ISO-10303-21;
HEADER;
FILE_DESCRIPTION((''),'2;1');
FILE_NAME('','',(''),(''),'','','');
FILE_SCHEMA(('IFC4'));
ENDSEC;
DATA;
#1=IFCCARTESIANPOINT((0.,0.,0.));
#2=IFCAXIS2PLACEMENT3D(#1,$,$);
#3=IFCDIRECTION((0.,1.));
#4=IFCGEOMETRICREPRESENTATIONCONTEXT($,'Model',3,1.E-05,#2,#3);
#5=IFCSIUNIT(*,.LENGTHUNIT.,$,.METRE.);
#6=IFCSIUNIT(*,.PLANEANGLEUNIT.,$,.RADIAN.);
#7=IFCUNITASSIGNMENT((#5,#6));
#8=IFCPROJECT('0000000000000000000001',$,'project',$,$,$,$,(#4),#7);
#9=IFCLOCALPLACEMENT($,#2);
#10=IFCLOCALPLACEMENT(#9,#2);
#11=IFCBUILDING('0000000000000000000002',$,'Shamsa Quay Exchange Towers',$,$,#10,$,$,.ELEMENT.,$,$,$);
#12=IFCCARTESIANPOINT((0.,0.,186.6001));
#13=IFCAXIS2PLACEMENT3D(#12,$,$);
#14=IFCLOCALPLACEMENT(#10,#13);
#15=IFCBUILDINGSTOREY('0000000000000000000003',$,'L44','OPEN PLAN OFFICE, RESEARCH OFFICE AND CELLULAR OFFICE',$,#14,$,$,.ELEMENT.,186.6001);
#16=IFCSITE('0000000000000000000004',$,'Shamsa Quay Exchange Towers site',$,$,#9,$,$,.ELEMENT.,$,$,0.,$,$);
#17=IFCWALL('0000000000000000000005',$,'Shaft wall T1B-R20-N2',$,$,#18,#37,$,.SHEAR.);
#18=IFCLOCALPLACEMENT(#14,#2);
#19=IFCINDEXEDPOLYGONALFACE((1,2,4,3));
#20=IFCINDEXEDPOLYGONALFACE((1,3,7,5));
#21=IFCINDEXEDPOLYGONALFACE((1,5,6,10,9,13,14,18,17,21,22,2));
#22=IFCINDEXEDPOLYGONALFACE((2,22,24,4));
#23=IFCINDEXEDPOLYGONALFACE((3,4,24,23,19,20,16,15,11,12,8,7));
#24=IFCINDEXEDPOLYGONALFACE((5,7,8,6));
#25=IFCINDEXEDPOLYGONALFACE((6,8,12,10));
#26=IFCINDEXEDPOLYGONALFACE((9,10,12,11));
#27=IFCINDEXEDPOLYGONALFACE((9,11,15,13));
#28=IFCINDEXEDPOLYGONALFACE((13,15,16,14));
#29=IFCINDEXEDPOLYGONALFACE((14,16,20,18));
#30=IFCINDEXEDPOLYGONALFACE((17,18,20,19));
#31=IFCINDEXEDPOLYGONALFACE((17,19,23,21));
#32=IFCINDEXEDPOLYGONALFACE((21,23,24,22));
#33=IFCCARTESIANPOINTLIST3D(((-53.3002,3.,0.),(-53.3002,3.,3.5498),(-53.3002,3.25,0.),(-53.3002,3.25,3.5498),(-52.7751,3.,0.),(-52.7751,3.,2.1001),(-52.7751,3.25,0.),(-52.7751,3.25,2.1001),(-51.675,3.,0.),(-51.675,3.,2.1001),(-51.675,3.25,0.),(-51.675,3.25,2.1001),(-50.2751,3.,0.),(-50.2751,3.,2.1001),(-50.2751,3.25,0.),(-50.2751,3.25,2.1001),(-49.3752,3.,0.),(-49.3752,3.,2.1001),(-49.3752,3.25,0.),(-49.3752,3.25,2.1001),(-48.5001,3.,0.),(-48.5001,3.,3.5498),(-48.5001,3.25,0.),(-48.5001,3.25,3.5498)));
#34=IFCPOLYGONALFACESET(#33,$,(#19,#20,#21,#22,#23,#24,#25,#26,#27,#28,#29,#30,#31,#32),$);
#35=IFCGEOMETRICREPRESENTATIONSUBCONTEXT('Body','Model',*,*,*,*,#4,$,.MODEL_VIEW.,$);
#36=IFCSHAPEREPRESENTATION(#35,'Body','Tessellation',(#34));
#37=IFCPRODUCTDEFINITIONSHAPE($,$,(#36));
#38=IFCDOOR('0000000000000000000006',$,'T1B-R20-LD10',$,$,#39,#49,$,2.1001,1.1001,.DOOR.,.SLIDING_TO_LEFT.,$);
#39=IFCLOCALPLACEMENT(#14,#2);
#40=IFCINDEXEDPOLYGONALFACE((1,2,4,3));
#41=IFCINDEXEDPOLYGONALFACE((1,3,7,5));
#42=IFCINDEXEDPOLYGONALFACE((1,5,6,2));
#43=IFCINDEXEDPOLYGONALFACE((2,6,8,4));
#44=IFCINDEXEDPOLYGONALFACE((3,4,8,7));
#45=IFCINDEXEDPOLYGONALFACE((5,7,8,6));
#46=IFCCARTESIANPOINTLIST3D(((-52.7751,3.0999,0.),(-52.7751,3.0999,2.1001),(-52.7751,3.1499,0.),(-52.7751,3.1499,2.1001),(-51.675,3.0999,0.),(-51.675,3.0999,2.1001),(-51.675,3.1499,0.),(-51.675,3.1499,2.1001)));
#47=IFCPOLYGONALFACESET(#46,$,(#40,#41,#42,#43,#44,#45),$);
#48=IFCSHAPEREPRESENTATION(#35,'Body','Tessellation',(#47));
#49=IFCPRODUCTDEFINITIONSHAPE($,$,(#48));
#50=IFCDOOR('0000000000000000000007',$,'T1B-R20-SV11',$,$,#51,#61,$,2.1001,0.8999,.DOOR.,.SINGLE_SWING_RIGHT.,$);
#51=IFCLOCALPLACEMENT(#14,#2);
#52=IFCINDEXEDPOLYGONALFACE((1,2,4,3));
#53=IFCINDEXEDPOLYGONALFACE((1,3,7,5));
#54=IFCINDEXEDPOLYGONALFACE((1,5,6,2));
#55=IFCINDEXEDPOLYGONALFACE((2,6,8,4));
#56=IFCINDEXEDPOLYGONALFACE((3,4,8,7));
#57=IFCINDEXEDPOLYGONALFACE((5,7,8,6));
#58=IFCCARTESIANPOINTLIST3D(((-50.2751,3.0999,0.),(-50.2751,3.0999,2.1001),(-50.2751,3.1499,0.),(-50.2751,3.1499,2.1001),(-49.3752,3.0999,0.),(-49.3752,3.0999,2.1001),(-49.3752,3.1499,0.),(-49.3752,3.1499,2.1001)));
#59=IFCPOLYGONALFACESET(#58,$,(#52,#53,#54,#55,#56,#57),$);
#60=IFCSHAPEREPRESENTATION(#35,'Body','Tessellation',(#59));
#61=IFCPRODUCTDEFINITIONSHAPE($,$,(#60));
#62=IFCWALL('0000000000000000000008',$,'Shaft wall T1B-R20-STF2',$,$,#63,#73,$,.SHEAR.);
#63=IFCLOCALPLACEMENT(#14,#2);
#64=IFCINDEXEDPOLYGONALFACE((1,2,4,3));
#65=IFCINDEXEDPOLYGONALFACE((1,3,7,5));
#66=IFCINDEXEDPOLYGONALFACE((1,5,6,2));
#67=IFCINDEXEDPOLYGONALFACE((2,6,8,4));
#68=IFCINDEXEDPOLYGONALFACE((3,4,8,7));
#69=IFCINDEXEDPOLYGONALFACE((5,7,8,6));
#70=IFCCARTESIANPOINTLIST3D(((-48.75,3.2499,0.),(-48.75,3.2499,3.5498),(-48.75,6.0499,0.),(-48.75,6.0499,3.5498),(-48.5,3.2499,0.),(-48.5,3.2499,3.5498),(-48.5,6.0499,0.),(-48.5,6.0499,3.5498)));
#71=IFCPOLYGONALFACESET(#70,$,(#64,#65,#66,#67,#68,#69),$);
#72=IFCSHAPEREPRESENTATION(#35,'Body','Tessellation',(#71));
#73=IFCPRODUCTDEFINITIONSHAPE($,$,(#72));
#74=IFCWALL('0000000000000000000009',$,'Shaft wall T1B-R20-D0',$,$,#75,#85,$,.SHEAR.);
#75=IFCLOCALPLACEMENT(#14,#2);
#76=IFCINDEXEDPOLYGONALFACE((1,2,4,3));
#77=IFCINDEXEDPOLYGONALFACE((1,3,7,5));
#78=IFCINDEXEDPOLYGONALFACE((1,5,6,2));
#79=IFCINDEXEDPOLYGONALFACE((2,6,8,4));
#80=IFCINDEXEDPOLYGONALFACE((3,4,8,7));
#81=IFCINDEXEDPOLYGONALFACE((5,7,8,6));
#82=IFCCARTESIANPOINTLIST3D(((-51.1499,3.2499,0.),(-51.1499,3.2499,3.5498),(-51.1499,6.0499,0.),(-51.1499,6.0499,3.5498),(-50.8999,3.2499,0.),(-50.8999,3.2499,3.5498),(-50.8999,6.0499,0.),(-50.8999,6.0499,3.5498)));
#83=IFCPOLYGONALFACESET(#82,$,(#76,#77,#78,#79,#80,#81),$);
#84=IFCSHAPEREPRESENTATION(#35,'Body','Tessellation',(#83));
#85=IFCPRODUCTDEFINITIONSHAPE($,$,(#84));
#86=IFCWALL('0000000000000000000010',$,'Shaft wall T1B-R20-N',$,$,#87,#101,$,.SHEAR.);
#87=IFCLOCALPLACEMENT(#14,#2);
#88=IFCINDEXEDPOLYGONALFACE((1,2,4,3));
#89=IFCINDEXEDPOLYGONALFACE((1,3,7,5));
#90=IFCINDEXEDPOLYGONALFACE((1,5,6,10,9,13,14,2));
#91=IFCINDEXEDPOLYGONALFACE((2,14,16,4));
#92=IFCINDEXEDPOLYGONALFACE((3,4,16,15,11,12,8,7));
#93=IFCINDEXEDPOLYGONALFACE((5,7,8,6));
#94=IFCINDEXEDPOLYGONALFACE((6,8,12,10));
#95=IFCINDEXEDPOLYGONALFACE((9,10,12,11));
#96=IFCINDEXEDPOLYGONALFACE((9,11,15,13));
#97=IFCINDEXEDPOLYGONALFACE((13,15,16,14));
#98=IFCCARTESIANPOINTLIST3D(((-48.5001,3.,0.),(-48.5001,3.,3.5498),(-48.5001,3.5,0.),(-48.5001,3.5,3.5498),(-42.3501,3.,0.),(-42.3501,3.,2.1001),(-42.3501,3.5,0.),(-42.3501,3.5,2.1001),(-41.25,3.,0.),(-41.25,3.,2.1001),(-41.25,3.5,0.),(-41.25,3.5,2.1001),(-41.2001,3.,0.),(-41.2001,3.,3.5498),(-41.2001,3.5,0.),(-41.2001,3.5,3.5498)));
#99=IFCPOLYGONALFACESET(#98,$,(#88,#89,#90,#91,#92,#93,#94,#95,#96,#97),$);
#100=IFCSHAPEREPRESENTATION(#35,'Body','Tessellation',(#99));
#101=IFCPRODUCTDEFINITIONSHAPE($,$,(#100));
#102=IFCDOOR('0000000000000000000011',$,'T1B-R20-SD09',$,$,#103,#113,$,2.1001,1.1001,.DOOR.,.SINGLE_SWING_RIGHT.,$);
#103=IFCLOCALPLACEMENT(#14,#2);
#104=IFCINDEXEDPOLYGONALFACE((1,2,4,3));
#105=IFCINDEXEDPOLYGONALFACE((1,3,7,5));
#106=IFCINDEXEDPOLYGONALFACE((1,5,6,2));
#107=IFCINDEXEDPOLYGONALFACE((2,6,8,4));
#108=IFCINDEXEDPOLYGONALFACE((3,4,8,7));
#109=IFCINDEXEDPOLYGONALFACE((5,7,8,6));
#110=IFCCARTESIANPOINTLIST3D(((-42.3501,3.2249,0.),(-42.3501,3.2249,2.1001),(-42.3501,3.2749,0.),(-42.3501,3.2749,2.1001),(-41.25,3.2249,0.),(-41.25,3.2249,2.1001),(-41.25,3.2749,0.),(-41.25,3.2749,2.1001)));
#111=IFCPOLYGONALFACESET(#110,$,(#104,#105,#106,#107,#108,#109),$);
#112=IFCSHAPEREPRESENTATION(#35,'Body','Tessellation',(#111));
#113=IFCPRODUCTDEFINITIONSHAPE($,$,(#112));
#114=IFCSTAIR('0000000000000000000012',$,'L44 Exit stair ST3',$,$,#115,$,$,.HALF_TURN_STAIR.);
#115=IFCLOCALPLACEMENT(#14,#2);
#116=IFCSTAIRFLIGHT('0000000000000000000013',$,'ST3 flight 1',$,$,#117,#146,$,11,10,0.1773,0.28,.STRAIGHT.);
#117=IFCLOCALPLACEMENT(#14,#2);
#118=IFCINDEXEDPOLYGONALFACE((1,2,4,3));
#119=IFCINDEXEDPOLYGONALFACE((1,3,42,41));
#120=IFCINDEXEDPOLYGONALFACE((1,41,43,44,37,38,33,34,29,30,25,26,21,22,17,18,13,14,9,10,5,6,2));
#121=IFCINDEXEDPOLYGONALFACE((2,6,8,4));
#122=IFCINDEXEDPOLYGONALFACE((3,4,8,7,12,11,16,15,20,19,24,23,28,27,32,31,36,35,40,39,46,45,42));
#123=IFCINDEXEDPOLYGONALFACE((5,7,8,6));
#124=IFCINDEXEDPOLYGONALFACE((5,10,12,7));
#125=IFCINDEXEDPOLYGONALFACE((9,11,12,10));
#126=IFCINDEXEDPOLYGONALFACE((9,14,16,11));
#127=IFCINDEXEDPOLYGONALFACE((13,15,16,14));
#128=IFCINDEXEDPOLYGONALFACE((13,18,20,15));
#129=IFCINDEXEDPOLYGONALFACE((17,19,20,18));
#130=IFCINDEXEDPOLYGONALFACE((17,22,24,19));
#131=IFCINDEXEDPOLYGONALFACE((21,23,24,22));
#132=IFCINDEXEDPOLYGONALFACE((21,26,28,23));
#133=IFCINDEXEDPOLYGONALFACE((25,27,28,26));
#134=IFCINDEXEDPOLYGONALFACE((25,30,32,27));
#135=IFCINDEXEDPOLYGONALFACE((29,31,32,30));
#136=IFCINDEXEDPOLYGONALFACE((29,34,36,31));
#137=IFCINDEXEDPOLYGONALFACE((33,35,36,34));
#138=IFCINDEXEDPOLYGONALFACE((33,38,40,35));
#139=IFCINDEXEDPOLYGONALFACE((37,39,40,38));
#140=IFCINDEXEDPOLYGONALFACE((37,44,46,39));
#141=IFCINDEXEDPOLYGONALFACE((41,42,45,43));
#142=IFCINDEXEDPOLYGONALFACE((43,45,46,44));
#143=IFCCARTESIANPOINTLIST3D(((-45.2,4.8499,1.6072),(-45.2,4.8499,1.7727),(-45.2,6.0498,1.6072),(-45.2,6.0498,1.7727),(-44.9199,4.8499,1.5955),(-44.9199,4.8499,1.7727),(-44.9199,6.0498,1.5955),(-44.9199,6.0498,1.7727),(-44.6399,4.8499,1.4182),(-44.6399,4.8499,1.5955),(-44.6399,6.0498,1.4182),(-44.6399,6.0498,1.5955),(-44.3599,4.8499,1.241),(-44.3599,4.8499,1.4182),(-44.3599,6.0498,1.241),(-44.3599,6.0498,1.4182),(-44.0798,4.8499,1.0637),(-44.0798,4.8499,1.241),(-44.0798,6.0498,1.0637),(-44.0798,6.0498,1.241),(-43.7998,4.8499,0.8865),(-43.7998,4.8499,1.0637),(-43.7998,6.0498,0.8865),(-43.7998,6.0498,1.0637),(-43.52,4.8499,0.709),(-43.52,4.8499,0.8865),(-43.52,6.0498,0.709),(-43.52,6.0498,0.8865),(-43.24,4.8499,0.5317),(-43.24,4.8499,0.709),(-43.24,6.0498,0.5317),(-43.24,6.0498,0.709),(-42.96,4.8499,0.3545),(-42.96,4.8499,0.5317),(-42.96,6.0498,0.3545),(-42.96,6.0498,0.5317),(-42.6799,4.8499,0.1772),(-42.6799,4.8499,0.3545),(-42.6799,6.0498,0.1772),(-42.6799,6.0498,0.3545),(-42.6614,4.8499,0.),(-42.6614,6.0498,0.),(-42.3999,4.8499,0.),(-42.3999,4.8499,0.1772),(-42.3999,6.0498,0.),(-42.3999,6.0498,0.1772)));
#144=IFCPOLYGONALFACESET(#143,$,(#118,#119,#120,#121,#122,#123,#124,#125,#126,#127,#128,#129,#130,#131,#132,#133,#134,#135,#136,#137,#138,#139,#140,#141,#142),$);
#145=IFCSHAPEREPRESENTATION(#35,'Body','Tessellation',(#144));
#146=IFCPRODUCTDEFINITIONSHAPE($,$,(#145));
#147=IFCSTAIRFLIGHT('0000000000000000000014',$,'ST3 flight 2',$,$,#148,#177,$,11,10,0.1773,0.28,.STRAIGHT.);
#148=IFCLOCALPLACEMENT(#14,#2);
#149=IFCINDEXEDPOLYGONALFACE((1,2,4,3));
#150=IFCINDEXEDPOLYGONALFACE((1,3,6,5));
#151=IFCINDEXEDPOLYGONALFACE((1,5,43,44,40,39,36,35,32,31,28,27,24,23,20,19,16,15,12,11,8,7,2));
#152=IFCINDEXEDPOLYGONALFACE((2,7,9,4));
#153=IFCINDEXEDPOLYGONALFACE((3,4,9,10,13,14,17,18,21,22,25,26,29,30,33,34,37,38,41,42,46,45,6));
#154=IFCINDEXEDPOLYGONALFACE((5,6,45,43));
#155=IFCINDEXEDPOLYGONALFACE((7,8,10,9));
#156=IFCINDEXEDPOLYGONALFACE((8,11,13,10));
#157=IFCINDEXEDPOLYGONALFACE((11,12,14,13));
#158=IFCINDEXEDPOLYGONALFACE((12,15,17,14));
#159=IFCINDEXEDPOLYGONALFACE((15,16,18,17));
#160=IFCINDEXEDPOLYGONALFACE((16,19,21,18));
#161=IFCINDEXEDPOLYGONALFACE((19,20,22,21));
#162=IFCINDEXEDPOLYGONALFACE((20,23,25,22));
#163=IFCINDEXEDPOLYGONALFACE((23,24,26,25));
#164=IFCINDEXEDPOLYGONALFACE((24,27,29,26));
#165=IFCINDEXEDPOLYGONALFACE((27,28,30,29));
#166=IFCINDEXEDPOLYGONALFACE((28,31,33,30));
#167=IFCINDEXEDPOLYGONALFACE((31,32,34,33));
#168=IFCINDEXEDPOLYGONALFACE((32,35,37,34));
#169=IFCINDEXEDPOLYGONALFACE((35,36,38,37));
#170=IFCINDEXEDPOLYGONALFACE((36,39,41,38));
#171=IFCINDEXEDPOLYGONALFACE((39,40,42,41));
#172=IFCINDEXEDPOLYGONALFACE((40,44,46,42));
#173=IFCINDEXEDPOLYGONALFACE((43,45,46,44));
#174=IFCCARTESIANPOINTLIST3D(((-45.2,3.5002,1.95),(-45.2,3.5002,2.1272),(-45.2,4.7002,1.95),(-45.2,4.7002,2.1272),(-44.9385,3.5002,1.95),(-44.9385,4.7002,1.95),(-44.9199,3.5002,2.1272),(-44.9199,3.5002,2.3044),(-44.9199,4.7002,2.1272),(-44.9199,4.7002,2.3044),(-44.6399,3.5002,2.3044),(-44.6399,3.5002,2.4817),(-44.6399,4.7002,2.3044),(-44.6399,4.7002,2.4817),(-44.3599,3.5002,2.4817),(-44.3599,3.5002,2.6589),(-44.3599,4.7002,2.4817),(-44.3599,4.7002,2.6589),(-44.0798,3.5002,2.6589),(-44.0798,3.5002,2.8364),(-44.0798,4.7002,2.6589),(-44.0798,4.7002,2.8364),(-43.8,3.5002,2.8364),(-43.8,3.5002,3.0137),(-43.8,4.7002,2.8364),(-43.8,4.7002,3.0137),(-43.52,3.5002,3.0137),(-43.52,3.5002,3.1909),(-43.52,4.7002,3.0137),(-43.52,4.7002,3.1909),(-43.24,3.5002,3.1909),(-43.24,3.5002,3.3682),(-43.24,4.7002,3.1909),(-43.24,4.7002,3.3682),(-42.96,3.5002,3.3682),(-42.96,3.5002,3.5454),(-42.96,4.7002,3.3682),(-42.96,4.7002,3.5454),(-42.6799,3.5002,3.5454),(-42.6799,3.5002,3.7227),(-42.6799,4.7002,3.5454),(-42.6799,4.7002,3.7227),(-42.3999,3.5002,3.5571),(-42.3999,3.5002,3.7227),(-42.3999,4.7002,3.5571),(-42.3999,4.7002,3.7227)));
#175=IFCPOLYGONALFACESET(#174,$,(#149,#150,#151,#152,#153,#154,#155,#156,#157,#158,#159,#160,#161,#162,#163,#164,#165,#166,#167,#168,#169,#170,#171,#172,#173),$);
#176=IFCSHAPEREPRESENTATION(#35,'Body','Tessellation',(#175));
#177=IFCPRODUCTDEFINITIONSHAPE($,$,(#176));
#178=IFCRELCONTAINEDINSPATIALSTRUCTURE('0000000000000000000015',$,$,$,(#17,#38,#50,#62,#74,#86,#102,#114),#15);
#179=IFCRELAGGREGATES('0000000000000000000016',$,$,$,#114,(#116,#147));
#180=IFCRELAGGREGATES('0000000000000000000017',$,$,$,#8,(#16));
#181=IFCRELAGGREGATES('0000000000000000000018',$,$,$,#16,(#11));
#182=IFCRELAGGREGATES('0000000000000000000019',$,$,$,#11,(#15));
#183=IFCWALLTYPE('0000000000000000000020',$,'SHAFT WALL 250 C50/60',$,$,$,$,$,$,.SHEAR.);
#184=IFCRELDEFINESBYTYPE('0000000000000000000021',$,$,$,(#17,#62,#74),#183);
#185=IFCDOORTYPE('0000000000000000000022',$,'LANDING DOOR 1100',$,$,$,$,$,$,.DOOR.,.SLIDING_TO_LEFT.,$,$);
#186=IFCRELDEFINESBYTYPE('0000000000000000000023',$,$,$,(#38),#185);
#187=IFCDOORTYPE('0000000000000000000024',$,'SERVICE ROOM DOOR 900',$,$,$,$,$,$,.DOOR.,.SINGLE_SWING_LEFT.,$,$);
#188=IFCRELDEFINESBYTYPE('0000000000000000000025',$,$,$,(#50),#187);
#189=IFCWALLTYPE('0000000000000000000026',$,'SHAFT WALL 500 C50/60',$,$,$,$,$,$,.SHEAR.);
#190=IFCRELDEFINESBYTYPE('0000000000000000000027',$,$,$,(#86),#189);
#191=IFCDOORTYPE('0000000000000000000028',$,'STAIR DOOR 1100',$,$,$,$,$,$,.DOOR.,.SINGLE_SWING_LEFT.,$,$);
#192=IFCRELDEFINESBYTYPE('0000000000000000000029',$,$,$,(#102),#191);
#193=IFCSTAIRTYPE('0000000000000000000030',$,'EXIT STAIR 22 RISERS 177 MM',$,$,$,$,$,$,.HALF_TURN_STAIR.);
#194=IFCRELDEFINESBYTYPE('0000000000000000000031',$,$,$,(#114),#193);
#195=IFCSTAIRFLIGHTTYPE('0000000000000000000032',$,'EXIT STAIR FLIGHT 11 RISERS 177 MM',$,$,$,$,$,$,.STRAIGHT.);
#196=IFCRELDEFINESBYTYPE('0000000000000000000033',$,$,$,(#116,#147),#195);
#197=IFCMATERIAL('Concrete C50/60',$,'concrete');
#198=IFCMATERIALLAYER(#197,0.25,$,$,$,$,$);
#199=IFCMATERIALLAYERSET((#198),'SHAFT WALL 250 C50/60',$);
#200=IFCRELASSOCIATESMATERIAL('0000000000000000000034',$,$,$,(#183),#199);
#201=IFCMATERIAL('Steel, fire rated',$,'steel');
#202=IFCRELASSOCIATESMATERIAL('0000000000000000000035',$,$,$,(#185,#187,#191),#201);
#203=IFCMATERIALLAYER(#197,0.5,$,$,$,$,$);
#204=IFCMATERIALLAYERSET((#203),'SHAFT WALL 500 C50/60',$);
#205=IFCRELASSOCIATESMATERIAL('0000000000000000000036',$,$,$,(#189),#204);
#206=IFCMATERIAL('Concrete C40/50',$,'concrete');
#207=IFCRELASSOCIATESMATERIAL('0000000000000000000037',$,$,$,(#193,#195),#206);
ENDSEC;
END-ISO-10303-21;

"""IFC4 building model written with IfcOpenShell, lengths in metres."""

from ifc_helpers import new_model, si_unit, direction, frame, frame_2d, origin, place, context, subcontext, project, spatial, polyline, rectangle, outline, extrude, material, layer, layer_set, type_object, element, fill, aggregate, save


model = new_model("IFC4")

# Units and contexts
model_context = context("Model", 3, precision=1e-05, world=origin(), true_north=direction((0.0, 1.0)))
body_context = subcontext(model_context, "Body", "Model", "MODEL_VIEW")
ifc_project = project(units=[si_unit("LENGTHUNIT", "METRE"), si_unit("PLANEANGLEUNIT", "RADIAN")], contexts=[model_context])

# Site, building, storey
site_placement = place(None, origin())
site = spatial("IfcSite", under=ifc_project, at=site_placement, Name="Shamsa Quay Exchange Towers site", CompositionType="ELEMENT", RefElevation=0.0)
building_placement = place(site_placement, origin())
building = spatial("IfcBuilding", under=site, at=building_placement, Name="Shamsa Quay Exchange Towers", CompositionType="ELEMENT")
storey_placement = place(building_placement, frame((0.0, 0.0, 186.6001)))
storey = spatial("IfcBuildingStorey", under=building, at=storey_placement, Name="L44", Description="OPEN PLAN OFFICE, RESEARCH OFFICE AND CELLULAR OFFICE", CompositionType="ELEMENT", Elevation=186.6001)

# Wall, openings, doors
ifc_material_1 = material(Name="Concrete C50/60", Category="concrete")
ifc_layer_1 = layer(ifc_material_1, 0.25)
ifc_layer_set_1 = layer_set([ifc_layer_1], Name="SHAFT WALL 250 C50/60")
wall_type_1 = type_object("IfcWallType", Name="SHAFT WALL 250 C50/60", PredefinedType="SHEAR", material=ifc_layer_set_1)
wall_1_placement = place(storey_placement, frame((-53.3, 3.125, 0.0)))
wall_1 = element("IfcWall", 1, at=wall_1_placement, inside=storey, type_object=wall_type_1, Name="Shaft wall T1B-R20-N2", PredefinedType="SHEAR", context=body_context, shape_type="SweptSolid", body=[
    extrude(rectangle(XDim=4.8, YDim=0.25, at=frame_2d((2.3999, 0.0))), origin(), (0.0, 0.0, 1.0), 3.5498),
])
opening_1_placement = place(wall_1_placement, frame((0.5249, 0.0, 0.0)))
opening_1 = element("IfcOpeningElement", 2, at=opening_1_placement, cuts=wall_1, PredefinedType="OPENING", context=body_context, shape_type="SweptSolid", body=[
    extrude(rectangle(XDim=1.1001, YDim=2.1001, at=frame_2d((0.55, 1.05))), frame((0.0, 0.135, 0.0), z_axis=(0.0, -1.0, 0.0), x_axis=(1.0, 0.0, 0.0)), (0.0, 0.0, 1.0), 0.27),
])
opening_2_placement = place(wall_1_placement, frame((3.0249, 0.0, 0.0)))
opening_2 = element("IfcOpeningElement", 3, at=opening_2_placement, cuts=wall_1, PredefinedType="OPENING", context=body_context, shape_type="SweptSolid", body=[
    extrude(rectangle(XDim=0.8999, YDim=2.1001, at=frame_2d((0.45, 1.05))), frame((0.0, 0.135, 0.0), z_axis=(0.0, -1.0, 0.0), x_axis=(1.0, 0.0, 0.0)), (0.0, 0.0, 1.0), 0.27),
])
ifc_material_2 = material(Name="Steel, fire rated", Category="steel")
door_type_1 = type_object("IfcDoorType", Name="LANDING DOOR 1100", OperationType="SLIDING_TO_LEFT", PredefinedType="DOOR", material=ifc_material_2)
door_1_placement = place(opening_1_placement, origin())
door_1 = element("IfcDoor", 4, at=door_1_placement, inside=storey, type_object=door_type_1, Name="T1B-R20-LD10", OperationType="SLIDING_TO_LEFT", OverallHeight=2.1001, OverallWidth=1.1001, PredefinedType="DOOR", context=body_context, shape_type="SweptSolid", body=[
    extrude(rectangle(XDim=1.1001, YDim=2.1001, at=frame_2d((0.55, 1.05))), frame((0.0, 0.0249, 0.0), z_axis=(0.0, -1.0, 0.0), x_axis=(1.0, 0.0, 0.0)), (0.0, 0.0, 1.0), 0.05),
])
fill(opening_1, door_1)
door_type_2 = type_object("IfcDoorType", Name="SERVICE ROOM DOOR 900", OperationType="SINGLE_SWING_LEFT", PredefinedType="DOOR", material=ifc_material_2)
door_2_placement = place(opening_2_placement, origin())
door_2 = element("IfcDoor", 5, at=door_2_placement, inside=storey, type_object=door_type_2, Name="T1B-R20-SV11", OperationType="SINGLE_SWING_RIGHT", OverallHeight=2.1001, OverallWidth=0.8999, PredefinedType="DOOR", context=body_context, shape_type="SweptSolid", body=[
    extrude(rectangle(XDim=0.8999, YDim=2.1001, at=frame_2d((0.45, 1.05))), frame((0.0, 0.0249, 0.0), z_axis=(0.0, -1.0, 0.0), x_axis=(1.0, 0.0, 0.0)), (0.0, 0.0, 1.0), 0.05),
])
fill(opening_2, door_2)

# Walls
for number, where, z_axis, x_axis, name in (
    (6, (-48.625, 3.25, 0.0), (0.0, 0.0, 1.0), (0.0, 1.0, 0.0), "Shaft wall T1B-R20-STF2"),
    (7, (-51.0249, 3.25, 0.0), (0.0, 0.0, 1.0), (0.0, 1.0, 0.0), "Shaft wall T1B-R20-D0"),
):
    element("IfcWall", number, at=place(storey_placement, frame(where, z_axis=z_axis, x_axis=x_axis)), inside=storey, type_object=wall_type_1, Name=name, PredefinedType="SHEAR", context=body_context, shape_type="SweptSolid", body=[
        extrude(rectangle(XDim=2.8, YDim=0.25, at=frame_2d((1.3999, 0.0))), origin(), (0.0, 0.0, 1.0), 3.5498),
    ])

# Wall, opening, door
ifc_layer_2 = layer(ifc_material_1, 0.5)
ifc_layer_set_2 = layer_set([ifc_layer_2], Name="SHAFT WALL 500 C50/60")
wall_type_2 = type_object("IfcWallType", Name="SHAFT WALL 500 C50/60", PredefinedType="SHEAR", material=ifc_layer_set_2)
wall_2_placement = place(storey_placement, frame((-48.5, 3.25, 0.0)))
wall_2 = element("IfcWall", 8, at=wall_2_placement, inside=storey, type_object=wall_type_2, Name="Shaft wall T1B-R20-N", PredefinedType="SHEAR", context=body_context, shape_type="SweptSolid", body=[
    extrude(rectangle(XDim=7.3, YDim=0.5, at=frame_2d((3.6499, 0.0))), origin(), (0.0, 0.0, 1.0), 3.5498),
])
opening_3_placement = place(wall_2_placement, frame((6.1499, 0.0, 0.0)))
opening_3 = element("IfcOpeningElement", 9, at=opening_3_placement, cuts=wall_2, PredefinedType="OPENING", context=body_context, shape_type="SweptSolid", body=[
    extrude(rectangle(XDim=1.1001, YDim=2.1001, at=frame_2d((0.55, 1.05))), frame((0.0, 0.26, 0.0), z_axis=(0.0, -1.0, 0.0), x_axis=(1.0, 0.0, 0.0)), (0.0, 0.0, 1.0), 0.52),
])
door_type_3 = type_object("IfcDoorType", Name="STAIR DOOR 1100", OperationType="SINGLE_SWING_LEFT", PredefinedType="DOOR", material=ifc_material_2)
door_3_placement = place(opening_3_placement, origin())
door_3 = element("IfcDoor", 10, at=door_3_placement, inside=storey, type_object=door_type_3, Name="T1B-R20-SD09", OperationType="SINGLE_SWING_RIGHT", OverallHeight=2.1001, OverallWidth=1.1001, PredefinedType="DOOR", context=body_context, shape_type="SweptSolid", body=[
    extrude(rectangle(XDim=1.1001, YDim=2.1001, at=frame_2d((0.55, 1.05))), frame((0.0, 0.0249, 0.0), z_axis=(0.0, -1.0, 0.0), x_axis=(1.0, 0.0, 0.0)), (0.0, 0.0, 1.0), 0.05),
])
fill(opening_3, door_3)

# Stair, stair flights
ifc_material_3 = material(Name="Concrete C40/50", Category="concrete")
stair_type = type_object("IfcStairType", Name="EXIT STAIR 22 RISERS 177 MM", PredefinedType="HALF_TURN_STAIR", material=ifc_material_3)
stair_placement = place(storey_placement, origin())
stair = element("IfcStair", 11, at=stair_placement, inside=storey, type_object=stair_type, Name="L44 Exit stair ST3", PredefinedType="HALF_TURN_STAIR")
stair_flight_type = type_object("IfcStairFlightType", Name="EXIT STAIR FLIGHT 11 RISERS 177 MM", PredefinedType="STRAIGHT", material=ifc_material_3)
stair_flight_1_placement = place(storey_placement, frame((-42.3999, 5.45, 0.0), z_axis=(0.0, 0.0, 1.0), x_axis=(-1.0, 0.0, 0.0)))
stair_flight_1 = element("IfcStairFlight", 12, at=stair_flight_1_placement, type_object=stair_flight_type, Name="ST3 flight 1", NumberOfRisers=11, NumberOfTreads=10, PredefinedType="STRAIGHT", RiserHeight=0.1773, TreadLength=0.28, context=body_context, shape_type="SweptSolid", body=[
    extrude(outline(polyline([(0.0, 0.0), (0.0, 0.1772), (0.28, 0.1772), (0.28, 0.3545), (0.5601, 0.3545), (0.5601, 0.5317), (0.8401, 0.5317), (0.8401, 0.709), (1.1201, 0.709), (1.1201, 0.8865), (1.3999, 0.8865), (1.3999, 1.0637), (1.6799, 1.0637), (1.6799, 1.241), (1.96, 1.241), (1.96, 1.4182), (2.24, 1.4182), (2.24, 1.5955), (2.52, 1.5955), (2.52, 1.7727), (2.8, 1.7727), (2.8, 1.95), (2.8, 1.6072), (0.2615, 0.0), (0.0, 0.0)])), frame((0.0, 0.6001, 0.0), z_axis=(0.0, -1.0, 0.0), x_axis=(1.0, 0.0, 0.0)), (0.0, 0.0, 1.0), 1.2),
])
stair_flight_2_placement = place(storey_placement, frame((-45.2, 4.1001, 1.95)))
stair_flight_2 = element("IfcStairFlight", 13, at=stair_flight_2_placement, type_object=stair_flight_type, Name="ST3 flight 2", NumberOfRisers=11, NumberOfTreads=10, PredefinedType="STRAIGHT", RiserHeight=0.1773, TreadLength=0.28, context=body_context, shape_type="SweptSolid", body=[
    extrude(outline(polyline([(0.0, 0.0), (0.0, 0.1772), (0.28, 0.1772), (0.28, 0.3545), (0.5601, 0.3545), (0.5601, 0.5317), (0.8401, 0.5317), (0.8401, 0.709), (1.1201, 0.709), (1.1201, 0.8865), (1.3999, 0.8865), (1.3999, 1.0637), (1.6799, 1.0637), (1.6799, 1.241), (1.96, 1.241), (1.96, 1.4182), (2.24, 1.4182), (2.24, 1.5955), (2.52, 1.5955), (2.52, 1.7727), (2.8, 1.7727), (2.8, 1.95), (2.8, 1.6072), (0.2615, 0.0), (0.0, 0.0)])), frame((0.0, 0.6001, 0.0), z_axis=(0.0, -1.0, 0.0), x_axis=(1.0, 0.0, 0.0)), (0.0, 0.0, 1.0), 1.2),
])
aggregate(stair, [stair_flight_1, stair_flight_2])

save(model, "model.ifc")
